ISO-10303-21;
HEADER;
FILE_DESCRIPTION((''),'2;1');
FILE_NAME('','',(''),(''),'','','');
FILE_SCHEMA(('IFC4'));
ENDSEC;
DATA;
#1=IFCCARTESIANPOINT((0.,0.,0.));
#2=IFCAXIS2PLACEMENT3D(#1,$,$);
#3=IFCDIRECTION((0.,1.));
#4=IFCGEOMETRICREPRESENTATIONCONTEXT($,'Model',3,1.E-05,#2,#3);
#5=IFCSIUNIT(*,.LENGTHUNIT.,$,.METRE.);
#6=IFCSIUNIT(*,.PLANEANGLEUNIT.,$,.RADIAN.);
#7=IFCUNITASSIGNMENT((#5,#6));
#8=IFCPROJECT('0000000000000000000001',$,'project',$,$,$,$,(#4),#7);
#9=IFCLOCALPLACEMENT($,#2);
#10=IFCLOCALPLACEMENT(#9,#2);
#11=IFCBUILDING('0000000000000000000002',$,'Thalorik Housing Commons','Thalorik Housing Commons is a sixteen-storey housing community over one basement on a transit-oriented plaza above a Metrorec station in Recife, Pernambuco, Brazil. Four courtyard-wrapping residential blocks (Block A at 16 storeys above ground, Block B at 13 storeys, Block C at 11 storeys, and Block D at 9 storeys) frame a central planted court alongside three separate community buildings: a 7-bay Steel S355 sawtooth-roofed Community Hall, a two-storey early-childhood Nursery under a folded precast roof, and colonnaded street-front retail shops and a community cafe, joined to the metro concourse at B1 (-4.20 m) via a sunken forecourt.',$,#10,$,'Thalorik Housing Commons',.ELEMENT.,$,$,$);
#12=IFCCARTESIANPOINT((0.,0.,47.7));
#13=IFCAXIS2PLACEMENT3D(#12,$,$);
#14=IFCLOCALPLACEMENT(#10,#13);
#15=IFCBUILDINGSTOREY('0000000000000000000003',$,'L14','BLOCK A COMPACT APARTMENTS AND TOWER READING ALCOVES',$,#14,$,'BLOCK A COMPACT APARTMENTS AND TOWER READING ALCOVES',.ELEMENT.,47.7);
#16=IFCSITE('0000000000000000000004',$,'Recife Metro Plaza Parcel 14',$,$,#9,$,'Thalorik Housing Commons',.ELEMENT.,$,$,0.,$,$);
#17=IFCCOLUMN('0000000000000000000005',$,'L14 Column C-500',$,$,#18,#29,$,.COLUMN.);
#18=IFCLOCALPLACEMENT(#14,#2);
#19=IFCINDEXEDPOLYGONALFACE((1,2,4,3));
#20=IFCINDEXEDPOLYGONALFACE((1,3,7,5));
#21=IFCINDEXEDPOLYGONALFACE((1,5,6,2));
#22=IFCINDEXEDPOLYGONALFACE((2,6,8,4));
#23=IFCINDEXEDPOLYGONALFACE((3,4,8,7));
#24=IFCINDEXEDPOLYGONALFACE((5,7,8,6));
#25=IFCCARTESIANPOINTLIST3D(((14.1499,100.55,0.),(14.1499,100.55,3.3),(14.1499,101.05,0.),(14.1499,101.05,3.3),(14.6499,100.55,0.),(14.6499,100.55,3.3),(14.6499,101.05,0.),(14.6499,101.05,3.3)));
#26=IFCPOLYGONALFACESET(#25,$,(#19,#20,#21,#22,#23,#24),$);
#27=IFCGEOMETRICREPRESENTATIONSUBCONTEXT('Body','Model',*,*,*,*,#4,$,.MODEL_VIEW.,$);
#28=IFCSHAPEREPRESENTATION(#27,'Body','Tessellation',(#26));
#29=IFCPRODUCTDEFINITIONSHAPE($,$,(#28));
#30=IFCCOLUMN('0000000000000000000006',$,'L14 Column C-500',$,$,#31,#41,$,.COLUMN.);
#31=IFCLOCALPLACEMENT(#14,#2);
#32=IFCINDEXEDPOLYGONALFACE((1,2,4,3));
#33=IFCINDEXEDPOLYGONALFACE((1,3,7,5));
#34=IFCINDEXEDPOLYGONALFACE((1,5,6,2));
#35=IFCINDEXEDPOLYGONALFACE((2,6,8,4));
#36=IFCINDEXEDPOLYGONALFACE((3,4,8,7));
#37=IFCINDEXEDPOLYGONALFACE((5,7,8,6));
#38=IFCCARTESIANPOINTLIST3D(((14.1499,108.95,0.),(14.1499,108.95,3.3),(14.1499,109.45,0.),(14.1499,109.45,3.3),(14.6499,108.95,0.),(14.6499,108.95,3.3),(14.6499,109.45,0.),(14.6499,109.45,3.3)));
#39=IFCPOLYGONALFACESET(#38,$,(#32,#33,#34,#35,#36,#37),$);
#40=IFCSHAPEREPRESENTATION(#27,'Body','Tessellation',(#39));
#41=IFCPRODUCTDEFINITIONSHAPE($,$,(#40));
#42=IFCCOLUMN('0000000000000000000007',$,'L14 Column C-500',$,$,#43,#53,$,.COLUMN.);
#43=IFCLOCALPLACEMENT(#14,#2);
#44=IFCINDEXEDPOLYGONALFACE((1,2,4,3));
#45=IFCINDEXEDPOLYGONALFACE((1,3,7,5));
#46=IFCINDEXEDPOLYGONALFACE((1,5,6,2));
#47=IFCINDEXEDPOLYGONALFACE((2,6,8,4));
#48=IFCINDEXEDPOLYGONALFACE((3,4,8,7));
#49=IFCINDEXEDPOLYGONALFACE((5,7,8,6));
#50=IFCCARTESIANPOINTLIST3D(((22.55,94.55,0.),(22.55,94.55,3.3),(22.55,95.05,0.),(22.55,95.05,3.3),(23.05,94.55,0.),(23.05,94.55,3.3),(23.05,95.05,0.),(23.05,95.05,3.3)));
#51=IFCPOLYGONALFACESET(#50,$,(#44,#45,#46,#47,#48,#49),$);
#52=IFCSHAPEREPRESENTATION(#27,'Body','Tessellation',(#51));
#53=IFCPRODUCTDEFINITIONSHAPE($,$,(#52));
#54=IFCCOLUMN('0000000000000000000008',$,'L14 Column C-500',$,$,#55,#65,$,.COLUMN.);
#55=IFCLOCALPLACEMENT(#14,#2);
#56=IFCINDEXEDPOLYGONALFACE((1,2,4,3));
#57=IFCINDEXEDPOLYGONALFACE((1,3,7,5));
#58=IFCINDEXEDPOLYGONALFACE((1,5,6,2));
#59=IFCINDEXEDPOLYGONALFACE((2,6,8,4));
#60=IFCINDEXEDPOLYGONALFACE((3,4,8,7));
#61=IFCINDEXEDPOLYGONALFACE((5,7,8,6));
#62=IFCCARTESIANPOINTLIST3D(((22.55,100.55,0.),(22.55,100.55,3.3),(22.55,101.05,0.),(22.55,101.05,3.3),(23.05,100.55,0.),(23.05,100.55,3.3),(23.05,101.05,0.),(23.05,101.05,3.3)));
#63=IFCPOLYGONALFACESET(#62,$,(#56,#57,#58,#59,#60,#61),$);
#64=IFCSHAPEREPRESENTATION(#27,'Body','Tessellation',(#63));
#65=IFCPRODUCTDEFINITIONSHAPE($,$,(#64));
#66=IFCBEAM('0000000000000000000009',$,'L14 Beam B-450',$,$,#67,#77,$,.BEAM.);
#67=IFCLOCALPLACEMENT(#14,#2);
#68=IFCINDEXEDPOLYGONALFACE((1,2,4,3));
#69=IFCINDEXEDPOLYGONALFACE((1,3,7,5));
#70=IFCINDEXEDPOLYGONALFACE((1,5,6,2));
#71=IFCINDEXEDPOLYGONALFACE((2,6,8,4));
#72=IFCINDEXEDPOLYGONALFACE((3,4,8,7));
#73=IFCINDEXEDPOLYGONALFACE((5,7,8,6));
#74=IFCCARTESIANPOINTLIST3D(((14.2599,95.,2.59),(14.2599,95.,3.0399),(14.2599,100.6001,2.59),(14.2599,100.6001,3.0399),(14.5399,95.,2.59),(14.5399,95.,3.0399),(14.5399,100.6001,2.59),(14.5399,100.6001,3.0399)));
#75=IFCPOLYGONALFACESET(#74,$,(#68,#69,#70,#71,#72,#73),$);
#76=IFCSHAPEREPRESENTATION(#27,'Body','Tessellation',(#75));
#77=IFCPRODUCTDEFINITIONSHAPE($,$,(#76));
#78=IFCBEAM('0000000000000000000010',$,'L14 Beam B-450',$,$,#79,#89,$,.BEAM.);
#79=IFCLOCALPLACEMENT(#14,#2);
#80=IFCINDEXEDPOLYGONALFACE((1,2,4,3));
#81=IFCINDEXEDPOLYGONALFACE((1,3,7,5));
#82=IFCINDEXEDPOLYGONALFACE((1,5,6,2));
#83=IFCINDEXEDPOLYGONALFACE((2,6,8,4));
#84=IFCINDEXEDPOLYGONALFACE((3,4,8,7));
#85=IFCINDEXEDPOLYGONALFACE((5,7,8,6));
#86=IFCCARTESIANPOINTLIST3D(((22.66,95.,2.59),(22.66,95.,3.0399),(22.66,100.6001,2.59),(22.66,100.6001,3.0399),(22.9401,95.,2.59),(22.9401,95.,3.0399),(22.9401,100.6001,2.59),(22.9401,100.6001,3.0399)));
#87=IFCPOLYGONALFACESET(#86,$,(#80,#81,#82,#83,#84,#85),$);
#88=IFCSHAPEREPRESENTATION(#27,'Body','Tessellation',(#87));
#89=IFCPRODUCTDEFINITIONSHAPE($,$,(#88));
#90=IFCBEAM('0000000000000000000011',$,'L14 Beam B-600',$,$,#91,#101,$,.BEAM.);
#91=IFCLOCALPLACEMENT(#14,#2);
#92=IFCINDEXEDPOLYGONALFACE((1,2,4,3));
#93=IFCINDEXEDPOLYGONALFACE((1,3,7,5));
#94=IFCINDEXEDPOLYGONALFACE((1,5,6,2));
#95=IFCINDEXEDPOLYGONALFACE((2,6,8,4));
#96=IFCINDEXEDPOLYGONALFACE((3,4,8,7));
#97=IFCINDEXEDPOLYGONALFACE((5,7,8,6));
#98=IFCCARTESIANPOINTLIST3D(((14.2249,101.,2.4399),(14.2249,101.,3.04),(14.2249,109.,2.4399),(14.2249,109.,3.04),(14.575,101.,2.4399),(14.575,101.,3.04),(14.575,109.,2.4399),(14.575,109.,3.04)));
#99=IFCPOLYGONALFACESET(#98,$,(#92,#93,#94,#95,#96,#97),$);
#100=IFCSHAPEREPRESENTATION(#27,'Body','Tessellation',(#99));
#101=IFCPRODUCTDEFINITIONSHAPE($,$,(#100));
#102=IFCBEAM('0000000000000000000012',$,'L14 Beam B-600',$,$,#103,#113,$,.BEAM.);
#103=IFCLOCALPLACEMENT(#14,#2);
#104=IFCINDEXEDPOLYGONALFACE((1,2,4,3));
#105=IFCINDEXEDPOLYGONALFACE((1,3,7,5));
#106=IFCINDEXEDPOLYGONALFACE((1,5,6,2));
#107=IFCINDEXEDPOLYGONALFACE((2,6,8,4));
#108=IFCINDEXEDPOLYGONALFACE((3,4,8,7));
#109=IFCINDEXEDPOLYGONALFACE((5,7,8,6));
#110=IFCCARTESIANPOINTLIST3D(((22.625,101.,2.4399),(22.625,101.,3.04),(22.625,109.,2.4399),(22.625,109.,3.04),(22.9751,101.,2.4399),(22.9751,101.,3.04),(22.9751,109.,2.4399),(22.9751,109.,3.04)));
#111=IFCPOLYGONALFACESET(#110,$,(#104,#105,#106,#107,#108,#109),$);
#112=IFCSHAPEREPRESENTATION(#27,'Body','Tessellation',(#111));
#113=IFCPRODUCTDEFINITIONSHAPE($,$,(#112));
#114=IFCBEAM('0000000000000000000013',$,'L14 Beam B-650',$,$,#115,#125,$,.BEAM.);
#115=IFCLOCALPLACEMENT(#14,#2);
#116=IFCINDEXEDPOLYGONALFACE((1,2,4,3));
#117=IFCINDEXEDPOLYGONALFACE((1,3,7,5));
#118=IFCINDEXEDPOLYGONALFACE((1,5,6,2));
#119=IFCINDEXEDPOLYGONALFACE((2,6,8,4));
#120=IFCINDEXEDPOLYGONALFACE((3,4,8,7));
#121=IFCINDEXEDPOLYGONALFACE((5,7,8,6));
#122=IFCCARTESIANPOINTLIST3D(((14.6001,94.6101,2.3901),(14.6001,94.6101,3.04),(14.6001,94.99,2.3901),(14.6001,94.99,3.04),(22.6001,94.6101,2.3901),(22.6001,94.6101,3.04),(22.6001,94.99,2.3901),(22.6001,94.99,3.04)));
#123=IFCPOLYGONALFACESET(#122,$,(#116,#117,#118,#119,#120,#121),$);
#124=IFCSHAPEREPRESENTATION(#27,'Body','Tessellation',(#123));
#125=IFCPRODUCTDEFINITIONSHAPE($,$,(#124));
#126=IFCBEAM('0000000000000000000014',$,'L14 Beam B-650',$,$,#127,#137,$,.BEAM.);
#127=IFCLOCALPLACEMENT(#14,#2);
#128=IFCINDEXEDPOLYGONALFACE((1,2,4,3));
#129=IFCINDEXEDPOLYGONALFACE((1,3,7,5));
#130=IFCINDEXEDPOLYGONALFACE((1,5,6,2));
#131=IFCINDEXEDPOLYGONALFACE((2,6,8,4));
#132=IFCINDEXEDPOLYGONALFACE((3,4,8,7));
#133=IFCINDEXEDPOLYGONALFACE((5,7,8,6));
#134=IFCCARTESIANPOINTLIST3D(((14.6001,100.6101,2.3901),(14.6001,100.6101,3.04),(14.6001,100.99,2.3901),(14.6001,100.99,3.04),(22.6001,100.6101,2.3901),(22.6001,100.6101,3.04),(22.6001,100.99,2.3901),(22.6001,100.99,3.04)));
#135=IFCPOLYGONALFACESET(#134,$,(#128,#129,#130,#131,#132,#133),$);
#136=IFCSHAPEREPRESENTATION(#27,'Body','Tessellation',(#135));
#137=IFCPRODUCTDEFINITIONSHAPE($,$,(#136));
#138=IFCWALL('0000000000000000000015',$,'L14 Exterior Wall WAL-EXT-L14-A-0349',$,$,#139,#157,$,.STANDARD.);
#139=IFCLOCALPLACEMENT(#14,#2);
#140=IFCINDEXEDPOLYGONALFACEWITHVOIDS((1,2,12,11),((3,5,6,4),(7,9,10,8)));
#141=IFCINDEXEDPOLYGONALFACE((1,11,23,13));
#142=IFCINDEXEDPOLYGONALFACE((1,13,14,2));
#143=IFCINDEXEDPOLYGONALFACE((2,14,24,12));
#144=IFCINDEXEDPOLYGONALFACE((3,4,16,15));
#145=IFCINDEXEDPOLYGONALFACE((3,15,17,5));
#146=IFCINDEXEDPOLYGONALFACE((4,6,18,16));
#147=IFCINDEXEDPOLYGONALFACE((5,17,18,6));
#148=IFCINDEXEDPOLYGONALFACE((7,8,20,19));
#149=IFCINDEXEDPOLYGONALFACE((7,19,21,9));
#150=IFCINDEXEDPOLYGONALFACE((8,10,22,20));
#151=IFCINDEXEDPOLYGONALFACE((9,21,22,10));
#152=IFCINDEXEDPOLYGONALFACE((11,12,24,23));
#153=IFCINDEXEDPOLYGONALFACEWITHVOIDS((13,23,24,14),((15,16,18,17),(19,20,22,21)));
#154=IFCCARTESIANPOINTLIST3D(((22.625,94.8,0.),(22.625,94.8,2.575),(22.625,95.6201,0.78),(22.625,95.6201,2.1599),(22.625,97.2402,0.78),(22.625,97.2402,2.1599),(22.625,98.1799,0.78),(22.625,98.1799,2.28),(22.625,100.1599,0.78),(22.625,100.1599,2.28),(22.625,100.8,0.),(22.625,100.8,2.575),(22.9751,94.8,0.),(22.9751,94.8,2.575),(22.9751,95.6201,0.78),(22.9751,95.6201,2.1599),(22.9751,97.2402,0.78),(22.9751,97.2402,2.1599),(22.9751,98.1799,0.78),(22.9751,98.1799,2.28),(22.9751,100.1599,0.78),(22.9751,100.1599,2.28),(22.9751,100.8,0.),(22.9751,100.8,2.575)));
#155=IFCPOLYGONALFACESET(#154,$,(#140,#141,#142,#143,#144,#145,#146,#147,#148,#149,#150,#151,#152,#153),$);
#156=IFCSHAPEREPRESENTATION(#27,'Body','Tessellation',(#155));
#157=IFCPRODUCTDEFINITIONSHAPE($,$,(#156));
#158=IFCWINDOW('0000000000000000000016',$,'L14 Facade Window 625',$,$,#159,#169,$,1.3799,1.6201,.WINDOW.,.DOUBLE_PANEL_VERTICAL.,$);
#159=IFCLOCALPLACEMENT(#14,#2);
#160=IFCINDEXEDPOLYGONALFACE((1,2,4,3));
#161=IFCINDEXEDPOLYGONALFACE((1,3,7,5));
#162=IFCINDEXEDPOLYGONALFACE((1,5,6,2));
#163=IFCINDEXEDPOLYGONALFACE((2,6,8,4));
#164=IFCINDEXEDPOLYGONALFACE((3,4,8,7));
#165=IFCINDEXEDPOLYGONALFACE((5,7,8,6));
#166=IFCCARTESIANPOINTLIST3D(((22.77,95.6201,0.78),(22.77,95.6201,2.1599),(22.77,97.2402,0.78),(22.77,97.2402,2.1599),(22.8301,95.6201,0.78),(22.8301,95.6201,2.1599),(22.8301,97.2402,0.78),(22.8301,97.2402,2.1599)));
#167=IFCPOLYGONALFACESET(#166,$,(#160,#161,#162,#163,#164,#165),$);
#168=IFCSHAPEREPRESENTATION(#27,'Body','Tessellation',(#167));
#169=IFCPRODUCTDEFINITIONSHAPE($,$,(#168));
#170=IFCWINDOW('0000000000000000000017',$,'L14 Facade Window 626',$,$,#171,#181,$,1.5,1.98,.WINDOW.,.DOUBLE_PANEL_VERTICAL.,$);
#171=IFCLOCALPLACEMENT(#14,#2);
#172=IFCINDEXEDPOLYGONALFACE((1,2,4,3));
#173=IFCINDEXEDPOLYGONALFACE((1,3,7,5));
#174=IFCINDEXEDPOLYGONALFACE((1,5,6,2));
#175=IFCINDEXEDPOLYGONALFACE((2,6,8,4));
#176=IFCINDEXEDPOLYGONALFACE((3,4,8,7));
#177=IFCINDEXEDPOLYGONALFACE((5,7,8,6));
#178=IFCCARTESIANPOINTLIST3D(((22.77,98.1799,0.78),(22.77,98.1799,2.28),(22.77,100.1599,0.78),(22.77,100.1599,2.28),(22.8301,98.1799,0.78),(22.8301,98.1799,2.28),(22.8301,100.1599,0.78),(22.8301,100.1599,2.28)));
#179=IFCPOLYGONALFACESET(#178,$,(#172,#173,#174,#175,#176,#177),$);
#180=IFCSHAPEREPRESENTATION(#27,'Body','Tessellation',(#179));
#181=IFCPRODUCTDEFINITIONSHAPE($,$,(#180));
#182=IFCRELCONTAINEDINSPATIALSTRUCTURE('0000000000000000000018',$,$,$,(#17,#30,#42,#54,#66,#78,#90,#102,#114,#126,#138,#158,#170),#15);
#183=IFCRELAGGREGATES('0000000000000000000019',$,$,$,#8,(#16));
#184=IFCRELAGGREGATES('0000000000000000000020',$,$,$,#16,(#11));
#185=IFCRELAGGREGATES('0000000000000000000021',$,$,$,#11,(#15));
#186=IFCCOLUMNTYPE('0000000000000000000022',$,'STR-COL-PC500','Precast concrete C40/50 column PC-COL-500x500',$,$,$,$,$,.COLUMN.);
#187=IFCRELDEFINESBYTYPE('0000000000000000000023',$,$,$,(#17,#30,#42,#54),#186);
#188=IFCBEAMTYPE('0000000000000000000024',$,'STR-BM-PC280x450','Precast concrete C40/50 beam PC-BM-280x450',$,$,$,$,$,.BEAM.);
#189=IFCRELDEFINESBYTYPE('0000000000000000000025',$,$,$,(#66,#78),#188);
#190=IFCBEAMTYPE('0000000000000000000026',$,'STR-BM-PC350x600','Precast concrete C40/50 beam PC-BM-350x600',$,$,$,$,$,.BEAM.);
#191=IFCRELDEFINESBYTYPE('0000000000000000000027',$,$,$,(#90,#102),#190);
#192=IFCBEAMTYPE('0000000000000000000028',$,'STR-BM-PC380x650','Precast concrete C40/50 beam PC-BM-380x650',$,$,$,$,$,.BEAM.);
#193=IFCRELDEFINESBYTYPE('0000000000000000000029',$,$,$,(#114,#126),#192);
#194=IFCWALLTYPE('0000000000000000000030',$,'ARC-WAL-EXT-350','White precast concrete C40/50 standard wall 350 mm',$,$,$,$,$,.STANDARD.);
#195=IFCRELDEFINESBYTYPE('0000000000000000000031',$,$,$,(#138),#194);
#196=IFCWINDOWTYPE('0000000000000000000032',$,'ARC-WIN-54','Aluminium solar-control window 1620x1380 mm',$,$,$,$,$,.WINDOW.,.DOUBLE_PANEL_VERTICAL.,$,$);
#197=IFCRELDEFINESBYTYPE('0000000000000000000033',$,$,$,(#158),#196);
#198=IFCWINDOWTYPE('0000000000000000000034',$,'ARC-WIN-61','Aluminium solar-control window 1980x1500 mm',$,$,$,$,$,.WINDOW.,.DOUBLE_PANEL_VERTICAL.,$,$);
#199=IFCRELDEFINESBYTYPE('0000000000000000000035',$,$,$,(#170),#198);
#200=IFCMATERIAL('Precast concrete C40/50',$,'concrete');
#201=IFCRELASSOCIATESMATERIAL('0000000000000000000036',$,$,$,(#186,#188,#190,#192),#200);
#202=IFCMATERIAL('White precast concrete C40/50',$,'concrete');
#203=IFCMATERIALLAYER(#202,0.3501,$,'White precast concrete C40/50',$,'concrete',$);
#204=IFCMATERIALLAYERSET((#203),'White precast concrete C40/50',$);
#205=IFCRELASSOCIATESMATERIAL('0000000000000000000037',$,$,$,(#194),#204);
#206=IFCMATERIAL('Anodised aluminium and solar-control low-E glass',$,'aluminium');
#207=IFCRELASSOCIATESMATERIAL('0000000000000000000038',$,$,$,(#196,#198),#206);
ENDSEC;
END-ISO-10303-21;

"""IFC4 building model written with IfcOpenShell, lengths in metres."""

from ifc_helpers import new_model, si_unit, direction, frame, frame_2d, origin, origin_2d, place, context, subcontext, project, spatial, rectangle, extrude, material, layer, layer_set, material_profile, profile_set, type_object, element, fill, save


model = new_model("IFC4")

# Units and contexts
model_context = context("Model", 3, precision=1e-05, world=origin(), true_north=direction((0.0, 1.0)))
body_context = subcontext(model_context, "Body", "Model", "MODEL_VIEW")
ifc_project = project(units=[si_unit("LENGTHUNIT", "METRE"), si_unit("PLANEANGLEUNIT", "RADIAN")], contexts=[model_context])

# Site, building, storey
site_placement = place(None, origin())
site = spatial("IfcSite", under=ifc_project, at=site_placement, Name="Recife Metro Plaza Parcel 14", LongName="Thalorik Housing Commons", CompositionType="ELEMENT", RefElevation=0.0)
building_placement = place(site_placement, origin())
building = spatial("IfcBuilding", under=site, at=building_placement, Name="Thalorik Housing Commons", Description="Thalorik Housing Commons is a sixteen-storey housing community over one basement on a transit-oriented plaza above a Metrorec station in Recife, Pernambuco, Brazil. Four courtyard-wrapping residential blocks (Block A at 16 storeys above ground, Block B at 13 storeys, Block C at 11 storeys, and Block D at 9 storeys) frame a central planted court alongside three separate community buildings: a 7-bay Steel S355 sawtooth-roofed Community Hall, a two-storey early-childhood Nursery under a folded precast roof, and colonnaded street-front retail shops and a community cafe, joined to the metro concourse at B1 (-4.20 m) via a sunken forecourt.", LongName="Thalorik Housing Commons", CompositionType="ELEMENT")
storey_placement = place(building_placement, frame((0.0, 0.0, 47.7)))
storey = spatial("IfcBuildingStorey", under=building, at=storey_placement, Name="L14", Description="BLOCK A COMPACT APARTMENTS AND TOWER READING ALCOVES", LongName="BLOCK A COMPACT APARTMENTS AND TOWER READING ALCOVES", CompositionType="ELEMENT", Elevation=47.7)

# Columns
ifc_material_1 = material(Name="Precast concrete C40/50", Category="concrete")
ifc_material_profile_1 = material_profile(ifc_material_1, rectangle(XDim=0.5, YDim=0.5, at=origin_2d()), Name="PC 500x500", Category="concrete")
ifc_profile_set_1 = profile_set([ifc_material_profile_1], Name="Precast concrete C40/50")
column_type = type_object("IfcColumnType", Name="STR-COL-PC500", Description="Precast concrete C40/50 column PC-COL-500x500", PredefinedType="COLUMN", material=ifc_profile_set_1)
for number, where, z_axis, x_axis, name in (
    (1, (14.3999, 100.8, 0.0), (0.0, 0.0, 1.0), (1.0, 0.0, 0.0), "L14 Column C-500"),
    (2, (14.3999, 109.2, 0.0), (0.0, 0.0, 1.0), (1.0, 0.0, 0.0), "L14 Column C-500"),
    (3, (22.8, 94.8, 0.0), (0.0, 0.0, 1.0), (1.0, 0.0, 0.0), "L14 Column C-500"),
    (4, (22.8, 100.8, 0.0), (0.0, 0.0, 1.0), (1.0, 0.0, 0.0), "L14 Column C-500"),
):
    element("IfcColumn", number, at=place(storey_placement, frame(where, z_axis=z_axis, x_axis=x_axis)), inside=storey, type_object=column_type, Name=name, PredefinedType="COLUMN", context=body_context, shape_type="SweptSolid", body=[
        extrude(rectangle(XDim=0.5, YDim=0.5, at=origin_2d()), origin(), (0.0, 0.0, 1.0), 3.3),
    ])

# Beams
ifc_material_profile_2 = material_profile(ifc_material_1, rectangle(XDim=0.28, YDim=0.45, at=origin_2d()), Name="PC 280x450", Category="concrete")
ifc_profile_set_2 = profile_set([ifc_material_profile_2], Name="Precast concrete C40/50")
beam_type_1 = type_object("IfcBeamType", Name="STR-BM-PC280x450", Description="Precast concrete C40/50 beam PC-BM-280x450", PredefinedType="BEAM", material=ifc_profile_set_2)
for number, where, z_axis, x_axis, name in (
    (5, (14.3999, 95.0, 2.8149), (0.0, 1.0, 0.0), (-1.0, 0.0, 0.0), "L14 Beam B-450"),
    (6, (22.8, 95.0, 2.8149), (0.0, 1.0, 0.0), (-1.0, 0.0, 0.0), "L14 Beam B-450"),
):
    element("IfcBeam", number, at=place(storey_placement, frame(where, z_axis=z_axis, x_axis=x_axis)), inside=storey, type_object=beam_type_1, Name=name, PredefinedType="BEAM", context=body_context, shape_type="SweptSolid", body=[
        extrude(rectangle(XDim=0.28, YDim=0.45, at=origin_2d()), origin(), (0.0, 0.0, 1.0), 5.6001),
    ])
ifc_material_profile_3 = material_profile(ifc_material_1, rectangle(XDim=0.3501, YDim=0.6001, at=origin_2d()), Name="PC 350x600", Category="concrete")
ifc_profile_set_3 = profile_set([ifc_material_profile_3], Name="Precast concrete C40/50")
beam_type_2 = type_object("IfcBeamType", Name="STR-BM-PC350x600", Description="Precast concrete C40/50 beam PC-BM-350x600", PredefinedType="BEAM", material=ifc_profile_set_3)
for number, where, z_axis, x_axis, name in (
    (7, (14.3999, 101.0, 2.74), (0.0, 1.0, 0.0), (-1.0, 0.0, 0.0), "L14 Beam B-600"),
    (8, (22.8, 101.0, 2.74), (0.0, 1.0, 0.0), (-1.0, 0.0, 0.0), "L14 Beam B-600"),
):
    element("IfcBeam", number, at=place(storey_placement, frame(where, z_axis=z_axis, x_axis=x_axis)), inside=storey, type_object=beam_type_2, Name=name, PredefinedType="BEAM", context=body_context, shape_type="SweptSolid", body=[
        extrude(rectangle(XDim=0.3501, YDim=0.6001, at=origin_2d()), origin(), (0.0, 0.0, 1.0), 8.0),
    ])
ifc_material_profile_4 = material_profile(ifc_material_1, rectangle(XDim=0.3799, YDim=0.6499, at=origin_2d()), Name="PC 380x650", Category="concrete")
ifc_profile_set_4 = profile_set([ifc_material_profile_4], Name="Precast concrete C40/50")
beam_type_3 = type_object("IfcBeamType", Name="STR-BM-PC380x650", Description="Precast concrete C40/50 beam PC-BM-380x650", PredefinedType="BEAM", material=ifc_profile_set_4)
for number, where, z_axis, x_axis, name in (
    (9, (14.6001, 94.8, 2.7151), (1.0, 0.0, 0.0), (0.0, 1.0, 0.0), "L14 Beam B-650"),
    (10, (14.6001, 100.8, 2.7151), (1.0, 0.0, 0.0), (0.0, 1.0, 0.0), "L14 Beam B-650"),
):
    element("IfcBeam", number, at=place(storey_placement, frame(where, z_axis=z_axis, x_axis=x_axis)), inside=storey, type_object=beam_type_3, Name=name, PredefinedType="BEAM", context=body_context, shape_type="SweptSolid", body=[
        extrude(rectangle(XDim=0.3799, YDim=0.6499, at=origin_2d()), origin(), (0.0, 0.0, 1.0), 8.0),
    ])

# Wall, openings, windows
ifc_material_2 = material(Name="White precast concrete C40/50", Category="concrete")
ifc_layer_1 = layer(ifc_material_2, 0.3501, Name="White precast concrete C40/50", Category="concrete")
ifc_layer_set_1 = layer_set([ifc_layer_1], Name="White precast concrete C40/50")
wall_type_1 = type_object("IfcWallType", Name="ARC-WAL-EXT-350", Description="White precast concrete C40/50 standard wall 350 mm", PredefinedType="STANDARD", material=ifc_layer_set_1)
wall_1_placement = place(storey_placement, frame((22.8, 94.8, 0.0), z_axis=(0.0, 0.0, 1.0), x_axis=(0.0, 1.0, 0.0)))
wall_1 = element("IfcWall", 11, at=wall_1_placement, inside=storey, type_object=wall_type_1, Name="L14 Exterior Wall WAL-EXT-L14-A-0349", PredefinedType="STANDARD", context=body_context, shape_type="SweptSolid", body=[
    extrude(rectangle(XDim=6.0, YDim=0.3501, at=frame_2d((3.0, 0.0))), origin(), (0.0, 0.0, 1.0), 2.575),
])
opening_1_placement = place(wall_1_placement, frame((0.8201, 0.0, 0.78)))
opening_1 = element("IfcOpeningElement", 12, at=opening_1_placement, cuts=wall_1, PredefinedType="OPENING", context=body_context, shape_type="SweptSolid", body=[
    extrude(rectangle(XDim=1.6201, YDim=1.3799, at=frame_2d((0.8101, 0.6899))), frame((0.0, 0.1851, 0.0), z_axis=(0.0, -1.0, 0.0), x_axis=(1.0, 0.0, 0.0)), (0.0, 0.0, 1.0), 0.3701),
])
opening_2_placement = place(wall_1_placement, frame((3.3799, 0.0, 0.78)))
opening_2 = element("IfcOpeningElement", 13, at=opening_2_placement, cuts=wall_1, PredefinedType="OPENING", context=body_context, shape_type="SweptSolid", body=[
    extrude(rectangle(XDim=1.98, YDim=1.5, at=frame_2d((0.99, 0.75))), frame((0.0, 0.1851, 0.0), z_axis=(0.0, -1.0, 0.0), x_axis=(1.0, 0.0, 0.0)), (0.0, 0.0, 1.0), 0.3701),
])
ifc_material_3 = material(Name="Anodised aluminium and solar-control low-E glass", Category="aluminium")
window_type_1 = type_object("IfcWindowType", Name="ARC-WIN-54", Description="Aluminium solar-control window 1620x1380 mm", PartitioningType="DOUBLE_PANEL_VERTICAL", PredefinedType="WINDOW", material=ifc_material_3)
window_1_placement = place(opening_1_placement, origin())
window_1 = element("IfcWindow", 14, at=window_1_placement, inside=storey, type_object=window_type_1, Name="L14 Facade Window 625", OverallHeight=1.3799, OverallWidth=1.6201, PartitioningType="DOUBLE_PANEL_VERTICAL", PredefinedType="WINDOW", context=body_context, shape_type="SweptSolid", body=[
    extrude(rectangle(XDim=1.6201, YDim=1.3799, at=frame_2d((0.8101, 0.6899))), frame((0.0, 0.03, 0.0), z_axis=(0.0, -1.0, 0.0), x_axis=(1.0, 0.0, 0.0)), (0.0, 0.0, 1.0), 0.0601),
])
fill(opening_1, window_1)
window_type_2 = type_object("IfcWindowType", Name="ARC-WIN-61", Description="Aluminium solar-control window 1980x1500 mm", PartitioningType="DOUBLE_PANEL_VERTICAL", PredefinedType="WINDOW", material=ifc_material_3)
window_2_placement = place(opening_2_placement, origin())
window_2 = element("IfcWindow", 15, at=window_2_placement, inside=storey, type_object=window_type_2, Name="L14 Facade Window 626", OverallHeight=1.5, OverallWidth=1.98, PartitioningType="DOUBLE_PANEL_VERTICAL", PredefinedType="WINDOW", context=body_context, shape_type="SweptSolid", body=[
    extrude(rectangle(XDim=1.98, YDim=1.5, at=frame_2d((0.99, 0.75))), frame((0.0, 0.03, 0.0), z_axis=(0.0, -1.0, 0.0), x_axis=(1.0, 0.0, 0.0)), (0.0, 0.0, 1.0), 0.0601),
])
fill(opening_2, window_2)

save(model, "model.ifc")
